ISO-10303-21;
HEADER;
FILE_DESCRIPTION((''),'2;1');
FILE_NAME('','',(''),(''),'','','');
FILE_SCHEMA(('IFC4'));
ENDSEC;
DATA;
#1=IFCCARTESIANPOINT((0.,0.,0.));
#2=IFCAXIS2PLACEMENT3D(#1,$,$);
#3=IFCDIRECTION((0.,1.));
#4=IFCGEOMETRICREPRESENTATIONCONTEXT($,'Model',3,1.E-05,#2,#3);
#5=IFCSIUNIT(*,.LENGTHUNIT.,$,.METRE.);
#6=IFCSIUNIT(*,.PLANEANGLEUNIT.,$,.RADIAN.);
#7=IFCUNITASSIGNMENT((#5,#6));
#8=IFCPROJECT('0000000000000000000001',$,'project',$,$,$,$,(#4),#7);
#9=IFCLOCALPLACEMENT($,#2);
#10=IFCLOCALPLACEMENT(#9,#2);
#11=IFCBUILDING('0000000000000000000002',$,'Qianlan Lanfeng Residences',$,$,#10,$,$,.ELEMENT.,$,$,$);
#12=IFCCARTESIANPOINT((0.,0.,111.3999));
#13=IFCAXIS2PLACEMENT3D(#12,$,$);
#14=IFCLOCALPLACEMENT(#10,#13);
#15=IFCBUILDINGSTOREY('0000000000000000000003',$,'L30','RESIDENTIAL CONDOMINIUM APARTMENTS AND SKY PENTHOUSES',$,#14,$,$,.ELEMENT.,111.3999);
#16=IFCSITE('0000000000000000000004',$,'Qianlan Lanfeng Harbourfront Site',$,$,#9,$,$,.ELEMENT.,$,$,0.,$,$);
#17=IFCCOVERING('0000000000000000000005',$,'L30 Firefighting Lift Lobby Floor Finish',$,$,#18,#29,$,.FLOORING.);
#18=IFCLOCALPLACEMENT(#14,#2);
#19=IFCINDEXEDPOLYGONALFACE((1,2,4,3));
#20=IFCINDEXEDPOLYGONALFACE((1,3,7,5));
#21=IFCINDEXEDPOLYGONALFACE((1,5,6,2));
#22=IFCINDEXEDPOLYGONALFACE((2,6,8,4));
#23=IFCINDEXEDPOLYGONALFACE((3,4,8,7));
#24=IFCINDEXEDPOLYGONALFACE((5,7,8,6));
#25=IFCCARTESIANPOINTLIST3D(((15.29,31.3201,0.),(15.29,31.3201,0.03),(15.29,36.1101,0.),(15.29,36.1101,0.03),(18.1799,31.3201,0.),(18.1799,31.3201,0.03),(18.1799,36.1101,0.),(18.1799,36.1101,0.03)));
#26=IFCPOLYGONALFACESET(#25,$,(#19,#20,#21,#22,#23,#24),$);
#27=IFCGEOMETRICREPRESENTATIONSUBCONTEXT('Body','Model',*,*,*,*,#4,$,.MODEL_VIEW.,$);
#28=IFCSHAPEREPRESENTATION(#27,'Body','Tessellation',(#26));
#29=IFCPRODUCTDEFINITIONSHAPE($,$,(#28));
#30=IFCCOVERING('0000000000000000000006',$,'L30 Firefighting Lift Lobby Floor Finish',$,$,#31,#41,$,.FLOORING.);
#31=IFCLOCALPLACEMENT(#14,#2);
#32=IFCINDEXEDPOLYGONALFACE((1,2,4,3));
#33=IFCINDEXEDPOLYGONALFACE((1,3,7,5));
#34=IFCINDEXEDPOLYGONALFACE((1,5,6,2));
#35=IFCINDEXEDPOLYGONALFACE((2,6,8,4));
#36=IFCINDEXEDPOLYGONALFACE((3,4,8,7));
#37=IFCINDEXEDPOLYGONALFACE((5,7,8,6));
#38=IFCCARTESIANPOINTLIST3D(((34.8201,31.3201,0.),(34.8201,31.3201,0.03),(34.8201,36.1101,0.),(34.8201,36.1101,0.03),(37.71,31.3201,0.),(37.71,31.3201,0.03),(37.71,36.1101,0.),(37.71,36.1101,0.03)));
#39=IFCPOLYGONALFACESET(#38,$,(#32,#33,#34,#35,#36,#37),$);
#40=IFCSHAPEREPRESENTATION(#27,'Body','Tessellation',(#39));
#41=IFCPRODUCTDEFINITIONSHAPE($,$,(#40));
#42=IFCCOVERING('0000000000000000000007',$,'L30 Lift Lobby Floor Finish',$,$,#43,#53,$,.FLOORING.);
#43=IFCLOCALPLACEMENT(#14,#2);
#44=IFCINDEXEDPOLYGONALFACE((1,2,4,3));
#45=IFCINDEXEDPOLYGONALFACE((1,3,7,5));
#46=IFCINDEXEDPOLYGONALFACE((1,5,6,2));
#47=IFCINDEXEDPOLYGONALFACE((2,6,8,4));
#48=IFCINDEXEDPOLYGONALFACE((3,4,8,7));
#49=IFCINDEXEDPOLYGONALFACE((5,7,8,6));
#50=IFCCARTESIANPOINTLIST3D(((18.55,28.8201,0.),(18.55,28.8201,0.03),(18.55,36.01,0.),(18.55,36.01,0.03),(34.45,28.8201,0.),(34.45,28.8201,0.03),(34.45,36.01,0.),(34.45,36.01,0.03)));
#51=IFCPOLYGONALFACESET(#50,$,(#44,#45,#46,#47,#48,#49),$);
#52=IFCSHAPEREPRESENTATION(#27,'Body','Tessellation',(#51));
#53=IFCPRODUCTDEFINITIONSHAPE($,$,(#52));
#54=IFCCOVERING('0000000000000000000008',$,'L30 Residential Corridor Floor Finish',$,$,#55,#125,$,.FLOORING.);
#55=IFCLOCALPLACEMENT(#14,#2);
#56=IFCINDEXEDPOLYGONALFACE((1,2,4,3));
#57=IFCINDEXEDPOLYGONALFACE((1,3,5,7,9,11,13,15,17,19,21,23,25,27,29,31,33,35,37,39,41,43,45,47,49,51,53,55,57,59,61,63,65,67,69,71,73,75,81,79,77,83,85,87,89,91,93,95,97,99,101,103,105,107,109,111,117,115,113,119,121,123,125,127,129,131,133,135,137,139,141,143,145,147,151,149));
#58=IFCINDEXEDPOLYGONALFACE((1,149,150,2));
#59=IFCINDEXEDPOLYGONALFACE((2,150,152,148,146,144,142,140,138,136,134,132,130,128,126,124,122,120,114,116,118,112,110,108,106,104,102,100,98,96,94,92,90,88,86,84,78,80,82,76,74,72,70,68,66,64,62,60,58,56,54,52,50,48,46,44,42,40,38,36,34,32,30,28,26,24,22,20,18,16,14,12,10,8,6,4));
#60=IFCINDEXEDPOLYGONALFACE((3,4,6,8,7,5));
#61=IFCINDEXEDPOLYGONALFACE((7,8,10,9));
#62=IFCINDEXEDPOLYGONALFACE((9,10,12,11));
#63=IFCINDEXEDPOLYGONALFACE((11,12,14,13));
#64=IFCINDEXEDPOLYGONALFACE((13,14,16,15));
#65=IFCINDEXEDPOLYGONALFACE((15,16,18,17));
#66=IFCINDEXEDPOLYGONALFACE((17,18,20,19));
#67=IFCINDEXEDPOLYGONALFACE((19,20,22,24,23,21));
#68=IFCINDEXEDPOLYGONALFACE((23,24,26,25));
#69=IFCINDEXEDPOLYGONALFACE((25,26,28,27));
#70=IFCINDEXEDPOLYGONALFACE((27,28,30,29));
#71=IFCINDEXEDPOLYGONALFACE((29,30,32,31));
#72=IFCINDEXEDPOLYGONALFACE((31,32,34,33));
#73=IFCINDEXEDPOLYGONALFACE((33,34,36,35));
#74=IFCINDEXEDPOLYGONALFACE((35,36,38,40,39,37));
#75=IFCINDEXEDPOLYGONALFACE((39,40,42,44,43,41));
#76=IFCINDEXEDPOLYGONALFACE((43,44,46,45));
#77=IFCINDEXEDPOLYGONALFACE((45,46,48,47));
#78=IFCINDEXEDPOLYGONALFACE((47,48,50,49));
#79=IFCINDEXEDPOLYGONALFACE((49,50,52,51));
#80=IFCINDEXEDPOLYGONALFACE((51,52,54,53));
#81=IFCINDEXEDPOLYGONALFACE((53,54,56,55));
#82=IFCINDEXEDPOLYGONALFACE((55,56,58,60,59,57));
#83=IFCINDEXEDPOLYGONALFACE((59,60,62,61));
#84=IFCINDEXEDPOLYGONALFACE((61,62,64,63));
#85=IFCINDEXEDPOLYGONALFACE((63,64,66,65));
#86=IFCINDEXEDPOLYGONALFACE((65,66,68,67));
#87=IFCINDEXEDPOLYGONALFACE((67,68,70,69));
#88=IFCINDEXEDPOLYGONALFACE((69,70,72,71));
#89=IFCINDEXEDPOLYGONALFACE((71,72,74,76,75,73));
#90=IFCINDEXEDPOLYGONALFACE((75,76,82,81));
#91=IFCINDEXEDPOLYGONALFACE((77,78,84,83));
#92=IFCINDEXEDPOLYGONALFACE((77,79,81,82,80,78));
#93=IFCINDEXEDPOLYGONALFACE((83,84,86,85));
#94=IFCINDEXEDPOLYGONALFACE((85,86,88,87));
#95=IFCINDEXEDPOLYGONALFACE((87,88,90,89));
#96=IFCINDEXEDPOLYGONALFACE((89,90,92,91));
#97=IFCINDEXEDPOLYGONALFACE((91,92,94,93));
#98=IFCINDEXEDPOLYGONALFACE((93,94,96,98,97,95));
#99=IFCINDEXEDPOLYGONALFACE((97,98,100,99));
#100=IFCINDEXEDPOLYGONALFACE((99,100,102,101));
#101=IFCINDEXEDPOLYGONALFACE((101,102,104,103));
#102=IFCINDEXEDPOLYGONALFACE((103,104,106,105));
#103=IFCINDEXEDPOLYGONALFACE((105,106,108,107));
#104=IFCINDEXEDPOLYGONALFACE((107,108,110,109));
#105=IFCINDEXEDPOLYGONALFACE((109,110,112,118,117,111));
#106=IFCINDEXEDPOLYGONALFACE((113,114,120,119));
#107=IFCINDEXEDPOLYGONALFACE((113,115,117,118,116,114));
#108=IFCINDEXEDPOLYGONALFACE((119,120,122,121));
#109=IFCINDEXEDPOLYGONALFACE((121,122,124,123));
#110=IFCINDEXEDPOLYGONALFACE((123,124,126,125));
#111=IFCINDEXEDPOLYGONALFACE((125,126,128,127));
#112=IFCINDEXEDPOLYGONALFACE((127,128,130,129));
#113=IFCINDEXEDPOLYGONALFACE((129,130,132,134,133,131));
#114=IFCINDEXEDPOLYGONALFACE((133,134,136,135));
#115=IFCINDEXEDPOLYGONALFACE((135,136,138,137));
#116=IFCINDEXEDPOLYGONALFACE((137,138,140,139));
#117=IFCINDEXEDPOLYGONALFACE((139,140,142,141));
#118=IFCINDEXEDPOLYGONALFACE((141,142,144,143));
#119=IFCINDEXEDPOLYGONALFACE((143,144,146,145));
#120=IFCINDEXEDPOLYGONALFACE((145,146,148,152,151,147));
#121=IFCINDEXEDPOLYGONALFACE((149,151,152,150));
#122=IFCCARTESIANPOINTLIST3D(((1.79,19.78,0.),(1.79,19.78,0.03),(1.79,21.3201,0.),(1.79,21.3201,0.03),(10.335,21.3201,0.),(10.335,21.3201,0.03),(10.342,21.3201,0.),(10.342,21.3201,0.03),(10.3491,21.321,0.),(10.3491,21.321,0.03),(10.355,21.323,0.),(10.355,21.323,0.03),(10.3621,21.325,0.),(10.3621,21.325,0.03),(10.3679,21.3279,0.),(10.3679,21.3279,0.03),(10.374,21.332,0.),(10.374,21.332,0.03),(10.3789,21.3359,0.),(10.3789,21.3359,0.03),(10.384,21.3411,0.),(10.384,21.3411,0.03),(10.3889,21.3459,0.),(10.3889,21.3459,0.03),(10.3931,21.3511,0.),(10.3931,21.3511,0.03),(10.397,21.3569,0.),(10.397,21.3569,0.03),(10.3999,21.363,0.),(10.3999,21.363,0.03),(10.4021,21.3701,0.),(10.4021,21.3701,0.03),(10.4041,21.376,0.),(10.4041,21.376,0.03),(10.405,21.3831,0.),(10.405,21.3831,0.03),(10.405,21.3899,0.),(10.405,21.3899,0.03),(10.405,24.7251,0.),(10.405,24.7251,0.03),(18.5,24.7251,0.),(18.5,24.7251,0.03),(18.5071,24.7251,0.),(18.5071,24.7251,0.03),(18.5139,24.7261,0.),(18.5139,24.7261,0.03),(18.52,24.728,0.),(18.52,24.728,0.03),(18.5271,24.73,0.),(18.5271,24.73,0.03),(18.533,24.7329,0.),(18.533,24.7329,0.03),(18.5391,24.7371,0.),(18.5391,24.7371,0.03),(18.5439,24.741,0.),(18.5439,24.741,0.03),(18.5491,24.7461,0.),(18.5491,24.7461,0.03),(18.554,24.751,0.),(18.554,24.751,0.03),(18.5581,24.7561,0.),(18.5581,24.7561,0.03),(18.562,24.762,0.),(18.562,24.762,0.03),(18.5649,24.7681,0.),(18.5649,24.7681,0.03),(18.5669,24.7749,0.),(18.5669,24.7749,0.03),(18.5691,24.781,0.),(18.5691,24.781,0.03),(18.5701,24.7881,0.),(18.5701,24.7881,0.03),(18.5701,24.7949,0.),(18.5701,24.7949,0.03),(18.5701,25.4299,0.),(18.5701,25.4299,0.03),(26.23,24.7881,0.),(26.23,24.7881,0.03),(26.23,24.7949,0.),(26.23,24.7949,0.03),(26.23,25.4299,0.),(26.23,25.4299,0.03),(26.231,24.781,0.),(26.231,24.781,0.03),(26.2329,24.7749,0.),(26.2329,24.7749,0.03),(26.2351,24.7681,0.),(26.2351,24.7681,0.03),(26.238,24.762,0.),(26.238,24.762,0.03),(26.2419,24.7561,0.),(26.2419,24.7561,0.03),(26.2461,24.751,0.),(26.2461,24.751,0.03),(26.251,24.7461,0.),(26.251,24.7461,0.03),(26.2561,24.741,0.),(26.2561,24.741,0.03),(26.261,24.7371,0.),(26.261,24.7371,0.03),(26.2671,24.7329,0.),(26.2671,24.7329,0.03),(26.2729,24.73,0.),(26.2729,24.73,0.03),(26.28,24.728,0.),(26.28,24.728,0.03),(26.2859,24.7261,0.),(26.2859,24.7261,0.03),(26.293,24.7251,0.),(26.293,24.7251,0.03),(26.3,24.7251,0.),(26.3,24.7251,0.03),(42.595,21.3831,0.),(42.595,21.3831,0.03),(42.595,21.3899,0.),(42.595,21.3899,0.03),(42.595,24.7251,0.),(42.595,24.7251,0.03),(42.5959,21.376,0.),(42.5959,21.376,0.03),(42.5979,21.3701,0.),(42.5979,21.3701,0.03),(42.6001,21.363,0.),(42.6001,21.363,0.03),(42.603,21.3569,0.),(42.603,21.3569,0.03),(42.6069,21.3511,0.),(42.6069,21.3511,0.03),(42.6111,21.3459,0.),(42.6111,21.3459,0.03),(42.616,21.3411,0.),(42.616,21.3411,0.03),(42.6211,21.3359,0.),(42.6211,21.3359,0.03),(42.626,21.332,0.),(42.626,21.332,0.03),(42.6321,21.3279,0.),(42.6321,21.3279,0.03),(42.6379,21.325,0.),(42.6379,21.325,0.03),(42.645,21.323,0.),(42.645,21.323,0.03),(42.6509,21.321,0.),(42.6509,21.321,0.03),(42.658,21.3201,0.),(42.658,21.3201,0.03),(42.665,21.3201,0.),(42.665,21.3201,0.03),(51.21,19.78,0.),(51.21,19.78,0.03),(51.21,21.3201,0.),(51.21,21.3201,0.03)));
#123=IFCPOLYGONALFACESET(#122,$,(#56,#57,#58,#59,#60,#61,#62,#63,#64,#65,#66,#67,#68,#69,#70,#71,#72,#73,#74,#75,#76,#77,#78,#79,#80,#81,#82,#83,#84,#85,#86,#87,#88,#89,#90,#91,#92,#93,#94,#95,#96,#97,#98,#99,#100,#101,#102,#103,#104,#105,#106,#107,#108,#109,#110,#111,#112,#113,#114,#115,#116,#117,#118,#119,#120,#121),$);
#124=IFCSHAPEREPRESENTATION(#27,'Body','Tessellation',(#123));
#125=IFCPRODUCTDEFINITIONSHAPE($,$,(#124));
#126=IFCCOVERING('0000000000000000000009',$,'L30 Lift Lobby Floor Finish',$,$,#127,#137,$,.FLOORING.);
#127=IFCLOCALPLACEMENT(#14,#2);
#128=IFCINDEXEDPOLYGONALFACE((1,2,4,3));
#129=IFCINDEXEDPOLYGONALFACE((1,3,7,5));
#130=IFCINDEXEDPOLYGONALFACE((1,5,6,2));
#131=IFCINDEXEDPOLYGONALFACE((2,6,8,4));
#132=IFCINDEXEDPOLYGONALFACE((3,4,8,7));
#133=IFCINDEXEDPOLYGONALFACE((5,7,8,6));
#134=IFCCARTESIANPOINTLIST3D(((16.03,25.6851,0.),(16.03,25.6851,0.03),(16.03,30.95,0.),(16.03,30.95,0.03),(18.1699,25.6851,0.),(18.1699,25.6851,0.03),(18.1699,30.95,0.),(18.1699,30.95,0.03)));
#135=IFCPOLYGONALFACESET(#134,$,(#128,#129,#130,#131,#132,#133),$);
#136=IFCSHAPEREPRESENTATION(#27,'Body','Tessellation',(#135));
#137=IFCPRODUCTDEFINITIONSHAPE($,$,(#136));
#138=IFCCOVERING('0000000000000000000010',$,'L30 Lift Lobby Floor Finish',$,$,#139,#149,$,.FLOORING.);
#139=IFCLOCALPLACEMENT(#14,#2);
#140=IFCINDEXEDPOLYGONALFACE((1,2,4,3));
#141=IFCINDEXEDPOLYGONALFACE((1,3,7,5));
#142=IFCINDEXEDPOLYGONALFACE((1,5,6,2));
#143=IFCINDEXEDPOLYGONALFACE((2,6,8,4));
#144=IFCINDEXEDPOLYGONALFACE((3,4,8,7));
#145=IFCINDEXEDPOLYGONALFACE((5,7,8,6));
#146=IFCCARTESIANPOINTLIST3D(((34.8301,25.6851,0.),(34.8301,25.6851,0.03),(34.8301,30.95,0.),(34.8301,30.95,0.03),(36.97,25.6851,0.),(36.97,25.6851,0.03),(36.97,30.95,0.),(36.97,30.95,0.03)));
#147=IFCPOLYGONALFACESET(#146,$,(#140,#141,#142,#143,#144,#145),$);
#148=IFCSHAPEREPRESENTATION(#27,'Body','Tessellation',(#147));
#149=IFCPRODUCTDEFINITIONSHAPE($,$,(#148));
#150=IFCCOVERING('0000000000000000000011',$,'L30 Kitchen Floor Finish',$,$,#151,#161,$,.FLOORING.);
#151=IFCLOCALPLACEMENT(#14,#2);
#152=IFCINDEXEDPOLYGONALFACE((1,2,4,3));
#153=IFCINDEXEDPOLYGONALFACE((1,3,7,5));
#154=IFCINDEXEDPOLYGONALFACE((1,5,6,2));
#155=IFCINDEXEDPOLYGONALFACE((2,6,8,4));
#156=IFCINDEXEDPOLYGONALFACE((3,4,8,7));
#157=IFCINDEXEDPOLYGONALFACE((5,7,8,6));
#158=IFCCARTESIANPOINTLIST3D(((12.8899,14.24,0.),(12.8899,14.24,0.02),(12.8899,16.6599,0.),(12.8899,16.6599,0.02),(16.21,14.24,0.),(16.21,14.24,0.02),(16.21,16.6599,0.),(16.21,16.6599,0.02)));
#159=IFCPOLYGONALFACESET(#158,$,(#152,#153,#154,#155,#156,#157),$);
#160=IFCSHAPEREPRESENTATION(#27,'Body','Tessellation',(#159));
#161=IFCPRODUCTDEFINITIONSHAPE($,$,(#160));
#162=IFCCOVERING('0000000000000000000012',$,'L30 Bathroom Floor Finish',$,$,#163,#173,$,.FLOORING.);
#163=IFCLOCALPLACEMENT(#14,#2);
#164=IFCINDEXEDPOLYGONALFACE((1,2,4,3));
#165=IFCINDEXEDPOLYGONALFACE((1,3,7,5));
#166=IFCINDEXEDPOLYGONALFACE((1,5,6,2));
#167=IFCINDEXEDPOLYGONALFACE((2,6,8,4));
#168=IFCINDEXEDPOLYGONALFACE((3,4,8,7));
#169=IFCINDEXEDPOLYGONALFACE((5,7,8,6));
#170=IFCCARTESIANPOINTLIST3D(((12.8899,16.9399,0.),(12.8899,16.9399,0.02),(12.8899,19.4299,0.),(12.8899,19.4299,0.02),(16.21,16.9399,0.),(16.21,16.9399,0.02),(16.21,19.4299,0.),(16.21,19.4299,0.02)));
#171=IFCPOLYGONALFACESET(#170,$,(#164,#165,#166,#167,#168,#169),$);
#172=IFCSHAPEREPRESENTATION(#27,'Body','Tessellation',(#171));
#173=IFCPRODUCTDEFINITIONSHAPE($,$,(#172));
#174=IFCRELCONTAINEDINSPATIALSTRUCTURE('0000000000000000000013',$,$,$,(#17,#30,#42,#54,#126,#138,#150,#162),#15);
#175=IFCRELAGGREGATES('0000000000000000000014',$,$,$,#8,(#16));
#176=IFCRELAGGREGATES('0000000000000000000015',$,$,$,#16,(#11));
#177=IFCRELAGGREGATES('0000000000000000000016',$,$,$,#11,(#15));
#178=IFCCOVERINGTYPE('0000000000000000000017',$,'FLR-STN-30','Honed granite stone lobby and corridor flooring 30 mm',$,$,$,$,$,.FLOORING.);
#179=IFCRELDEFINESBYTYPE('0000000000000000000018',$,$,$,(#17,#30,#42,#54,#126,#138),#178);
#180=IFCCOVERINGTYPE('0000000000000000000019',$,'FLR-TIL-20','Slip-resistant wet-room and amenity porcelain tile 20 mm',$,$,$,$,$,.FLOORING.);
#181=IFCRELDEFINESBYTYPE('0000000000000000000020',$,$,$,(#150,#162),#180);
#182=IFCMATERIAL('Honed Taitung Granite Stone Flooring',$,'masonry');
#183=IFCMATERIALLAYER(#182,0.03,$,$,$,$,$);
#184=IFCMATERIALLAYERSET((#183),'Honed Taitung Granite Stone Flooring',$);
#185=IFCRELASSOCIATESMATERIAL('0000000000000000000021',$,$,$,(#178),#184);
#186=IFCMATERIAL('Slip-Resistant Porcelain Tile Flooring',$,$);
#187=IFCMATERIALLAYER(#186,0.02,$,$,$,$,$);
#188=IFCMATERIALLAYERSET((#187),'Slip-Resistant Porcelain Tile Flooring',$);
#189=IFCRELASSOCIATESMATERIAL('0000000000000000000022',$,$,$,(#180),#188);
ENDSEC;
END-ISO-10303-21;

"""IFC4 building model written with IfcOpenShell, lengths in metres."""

from ifc_helpers import new_model, si_unit, direction, frame, origin, place, context, subcontext, project, spatial, polyline, outline, extrude, material, layer, layer_set, type_object, element, save


model = new_model("IFC4")

# Units and contexts
model_context = context("Model", 3, precision=1e-05, world=origin(), true_north=direction((0.0, 1.0)))
body_context = subcontext(model_context, "Body", "Model", "MODEL_VIEW")
ifc_project = project(units=[si_unit("LENGTHUNIT", "METRE"), si_unit("PLANEANGLEUNIT", "RADIAN")], contexts=[model_context])

# Site, building, storey
site_placement = place(None, origin())
site = spatial("IfcSite", under=ifc_project, at=site_placement, Name="Qianlan Lanfeng Harbourfront Site", CompositionType="ELEMENT", RefElevation=0.0)
building_placement = place(site_placement, origin())
building = spatial("IfcBuilding", under=site, at=building_placement, Name="Qianlan Lanfeng Residences", CompositionType="ELEMENT")
storey_placement = place(building_placement, frame((0.0, 0.0, 111.3999)))
storey = spatial("IfcBuildingStorey", under=building, at=storey_placement, Name="L30", Description="RESIDENTIAL CONDOMINIUM APARTMENTS AND SKY PENTHOUSES", CompositionType="ELEMENT", Elevation=111.3999)

# Coverings
ifc_material_1 = material(Name="Honed Taitung Granite Stone Flooring", Category="masonry")
ifc_layer_1 = layer(ifc_material_1, 0.03)
ifc_layer_set_1 = layer_set([ifc_layer_1], Name="Honed Taitung Granite Stone Flooring")
covering_type_1 = type_object("IfcCoveringType", Name="FLR-STN-30", Description="Honed granite stone lobby and corridor flooring 30 mm", PredefinedType="FLOORING", material=ifc_layer_set_1)
covering_1_placement = place(storey_placement, origin())
element("IfcCovering", 1, at=covering_1_placement, inside=storey, type_object=covering_type_1, Name="L30 Firefighting Lift Lobby Floor Finish", PredefinedType="FLOORING", context=body_context, shape_type="SweptSolid", body=[
    extrude(outline(polyline([(15.29, 31.3201), (18.1799, 31.3201), (18.1799, 36.1101), (15.29, 36.1101), (15.29, 31.3201)])), origin(), (0.0, 0.0, 1.0), 0.03),
])
covering_2_placement = place(storey_placement, origin())
element("IfcCovering", 2, at=covering_2_placement, inside=storey, type_object=covering_type_1, Name="L30 Firefighting Lift Lobby Floor Finish", PredefinedType="FLOORING", context=body_context, shape_type="SweptSolid", body=[
    extrude(outline(polyline([(34.8201, 31.3201), (37.71, 31.3201), (37.71, 36.1101), (34.8201, 36.1101), (34.8201, 31.3201)])), origin(), (0.0, 0.0, 1.0), 0.03),
])
covering_3_placement = place(storey_placement, origin())
element("IfcCovering", 3, at=covering_3_placement, inside=storey, type_object=covering_type_1, Name="L30 Lift Lobby Floor Finish", PredefinedType="FLOORING", context=body_context, shape_type="SweptSolid", body=[
    extrude(outline(polyline([(18.55, 28.8201), (34.45, 28.8201), (34.45, 36.01), (18.55, 36.01), (18.55, 28.8201)])), origin(), (0.0, 0.0, 1.0), 0.03),
])
covering_4_placement = place(storey_placement, origin())
element("IfcCovering", 4, at=covering_4_placement, inside=storey, type_object=covering_type_1, Name="L30 Residential Corridor Floor Finish", PredefinedType="FLOORING", context=body_context, shape_type="SweptSolid", body=[
    extrude(outline(polyline([(1.79, 19.78), (51.21, 19.78), (51.21, 21.3201), (42.665, 21.3201), (42.658, 21.3201), (42.6509, 21.321), (42.645, 21.323), (42.6379, 21.325), (42.6321, 21.3279), (42.626, 21.332), (42.6211, 21.3359), (42.616, 21.3411), (42.6111, 21.3459), (42.6069, 21.3511), (42.603, 21.3569), (42.6001, 21.363), (42.5979, 21.3701), (42.5959, 21.376), (42.595, 21.3831), (42.595, 21.3899), (42.595, 24.7251), (26.3, 24.7251), (26.293, 24.7251), (26.2859, 24.7261), (26.28, 24.728), (26.2729, 24.73), (26.2671, 24.7329), (26.261, 24.7371), (26.2561, 24.741), (26.251, 24.7461), (26.2461, 24.751), (26.2419, 24.7561), (26.238, 24.762), (26.2351, 24.7681), (26.2329, 24.7749), (26.231, 24.781), (26.23, 24.7881), (26.23, 24.7949), (26.23, 25.4299), (18.5701, 25.4299), (18.5701, 24.7949), (18.5701, 24.7881), (18.5691, 24.781), (18.5669, 24.7749), (18.5649, 24.7681), (18.562, 24.762), (18.5581, 24.7561), (18.554, 24.751), (18.5491, 24.7461), (18.5439, 24.741), (18.5391, 24.7371), (18.533, 24.7329), (18.5271, 24.73), (18.52, 24.728), (18.5139, 24.7261), (18.5071, 24.7251), (18.5, 24.7251), (10.405, 24.7251), (10.405, 21.3899), (10.405, 21.3831), (10.4041, 21.376), (10.4021, 21.3701), (10.3999, 21.363), (10.397, 21.3569), (10.3931, 21.3511), (10.3889, 21.3459), (10.384, 21.3411), (10.3789, 21.3359), (10.374, 21.332), (10.3679, 21.3279), (10.3621, 21.325), (10.355, 21.323), (10.3491, 21.321), (10.342, 21.3201), (10.335, 21.3201), (1.79, 21.3201), (1.79, 19.78)])), origin(), (0.0, 0.0, 1.0), 0.03),
])
covering_5_placement = place(storey_placement, origin())
element("IfcCovering", 5, at=covering_5_placement, inside=storey, type_object=covering_type_1, Name="L30 Lift Lobby Floor Finish", PredefinedType="FLOORING", context=body_context, shape_type="SweptSolid", body=[
    extrude(outline(polyline([(16.03, 25.6851), (18.1699, 25.6851), (18.1699, 30.95), (16.03, 30.95), (16.03, 25.6851)])), origin(), (0.0, 0.0, 1.0), 0.03),
])
covering_6_placement = place(storey_placement, origin())
element("IfcCovering", 6, at=covering_6_placement, inside=storey, type_object=covering_type_1, Name="L30 Lift Lobby Floor Finish", PredefinedType="FLOORING", context=body_context, shape_type="SweptSolid", body=[
    extrude(outline(polyline([(34.8301, 25.6851), (36.97, 25.6851), (36.97, 30.95), (34.8301, 30.95), (34.8301, 25.6851)])), origin(), (0.0, 0.0, 1.0), 0.03),
])
ifc_material_2 = material(Name="Slip-Resistant Porcelain Tile Flooring")
ifc_layer_2 = layer(ifc_material_2, 0.02)
ifc_layer_set_2 = layer_set([ifc_layer_2], Name="Slip-Resistant Porcelain Tile Flooring")
covering_type_2 = type_object("IfcCoveringType", Name="FLR-TIL-20", Description="Slip-resistant wet-room and amenity porcelain tile 20 mm", PredefinedType="FLOORING", material=ifc_layer_set_2)
covering_7_placement = place(storey_placement, origin())
element("IfcCovering", 7, at=covering_7_placement, inside=storey, type_object=covering_type_2, Name="L30 Kitchen Floor Finish", PredefinedType="FLOORING", context=body_context, shape_type="SweptSolid", body=[
    extrude(outline(polyline([(12.8899, 14.24), (16.21, 14.24), (16.21, 16.6599), (12.8899, 16.6599), (12.8899, 14.24)])), origin(), (0.0, 0.0, 1.0), 0.02),
])
covering_8_placement = place(storey_placement, origin())
element("IfcCovering", 8, at=covering_8_placement, inside=storey, type_object=covering_type_2, Name="L30 Bathroom Floor Finish", PredefinedType="FLOORING", context=body_context, shape_type="SweptSolid", body=[
    extrude(outline(polyline([(12.8899, 16.9399), (16.21, 16.9399), (16.21, 19.4299), (12.8899, 19.4299), (12.8899, 16.9399)])), origin(), (0.0, 0.0, 1.0), 0.02),
])

save(model, "model.ifc")
